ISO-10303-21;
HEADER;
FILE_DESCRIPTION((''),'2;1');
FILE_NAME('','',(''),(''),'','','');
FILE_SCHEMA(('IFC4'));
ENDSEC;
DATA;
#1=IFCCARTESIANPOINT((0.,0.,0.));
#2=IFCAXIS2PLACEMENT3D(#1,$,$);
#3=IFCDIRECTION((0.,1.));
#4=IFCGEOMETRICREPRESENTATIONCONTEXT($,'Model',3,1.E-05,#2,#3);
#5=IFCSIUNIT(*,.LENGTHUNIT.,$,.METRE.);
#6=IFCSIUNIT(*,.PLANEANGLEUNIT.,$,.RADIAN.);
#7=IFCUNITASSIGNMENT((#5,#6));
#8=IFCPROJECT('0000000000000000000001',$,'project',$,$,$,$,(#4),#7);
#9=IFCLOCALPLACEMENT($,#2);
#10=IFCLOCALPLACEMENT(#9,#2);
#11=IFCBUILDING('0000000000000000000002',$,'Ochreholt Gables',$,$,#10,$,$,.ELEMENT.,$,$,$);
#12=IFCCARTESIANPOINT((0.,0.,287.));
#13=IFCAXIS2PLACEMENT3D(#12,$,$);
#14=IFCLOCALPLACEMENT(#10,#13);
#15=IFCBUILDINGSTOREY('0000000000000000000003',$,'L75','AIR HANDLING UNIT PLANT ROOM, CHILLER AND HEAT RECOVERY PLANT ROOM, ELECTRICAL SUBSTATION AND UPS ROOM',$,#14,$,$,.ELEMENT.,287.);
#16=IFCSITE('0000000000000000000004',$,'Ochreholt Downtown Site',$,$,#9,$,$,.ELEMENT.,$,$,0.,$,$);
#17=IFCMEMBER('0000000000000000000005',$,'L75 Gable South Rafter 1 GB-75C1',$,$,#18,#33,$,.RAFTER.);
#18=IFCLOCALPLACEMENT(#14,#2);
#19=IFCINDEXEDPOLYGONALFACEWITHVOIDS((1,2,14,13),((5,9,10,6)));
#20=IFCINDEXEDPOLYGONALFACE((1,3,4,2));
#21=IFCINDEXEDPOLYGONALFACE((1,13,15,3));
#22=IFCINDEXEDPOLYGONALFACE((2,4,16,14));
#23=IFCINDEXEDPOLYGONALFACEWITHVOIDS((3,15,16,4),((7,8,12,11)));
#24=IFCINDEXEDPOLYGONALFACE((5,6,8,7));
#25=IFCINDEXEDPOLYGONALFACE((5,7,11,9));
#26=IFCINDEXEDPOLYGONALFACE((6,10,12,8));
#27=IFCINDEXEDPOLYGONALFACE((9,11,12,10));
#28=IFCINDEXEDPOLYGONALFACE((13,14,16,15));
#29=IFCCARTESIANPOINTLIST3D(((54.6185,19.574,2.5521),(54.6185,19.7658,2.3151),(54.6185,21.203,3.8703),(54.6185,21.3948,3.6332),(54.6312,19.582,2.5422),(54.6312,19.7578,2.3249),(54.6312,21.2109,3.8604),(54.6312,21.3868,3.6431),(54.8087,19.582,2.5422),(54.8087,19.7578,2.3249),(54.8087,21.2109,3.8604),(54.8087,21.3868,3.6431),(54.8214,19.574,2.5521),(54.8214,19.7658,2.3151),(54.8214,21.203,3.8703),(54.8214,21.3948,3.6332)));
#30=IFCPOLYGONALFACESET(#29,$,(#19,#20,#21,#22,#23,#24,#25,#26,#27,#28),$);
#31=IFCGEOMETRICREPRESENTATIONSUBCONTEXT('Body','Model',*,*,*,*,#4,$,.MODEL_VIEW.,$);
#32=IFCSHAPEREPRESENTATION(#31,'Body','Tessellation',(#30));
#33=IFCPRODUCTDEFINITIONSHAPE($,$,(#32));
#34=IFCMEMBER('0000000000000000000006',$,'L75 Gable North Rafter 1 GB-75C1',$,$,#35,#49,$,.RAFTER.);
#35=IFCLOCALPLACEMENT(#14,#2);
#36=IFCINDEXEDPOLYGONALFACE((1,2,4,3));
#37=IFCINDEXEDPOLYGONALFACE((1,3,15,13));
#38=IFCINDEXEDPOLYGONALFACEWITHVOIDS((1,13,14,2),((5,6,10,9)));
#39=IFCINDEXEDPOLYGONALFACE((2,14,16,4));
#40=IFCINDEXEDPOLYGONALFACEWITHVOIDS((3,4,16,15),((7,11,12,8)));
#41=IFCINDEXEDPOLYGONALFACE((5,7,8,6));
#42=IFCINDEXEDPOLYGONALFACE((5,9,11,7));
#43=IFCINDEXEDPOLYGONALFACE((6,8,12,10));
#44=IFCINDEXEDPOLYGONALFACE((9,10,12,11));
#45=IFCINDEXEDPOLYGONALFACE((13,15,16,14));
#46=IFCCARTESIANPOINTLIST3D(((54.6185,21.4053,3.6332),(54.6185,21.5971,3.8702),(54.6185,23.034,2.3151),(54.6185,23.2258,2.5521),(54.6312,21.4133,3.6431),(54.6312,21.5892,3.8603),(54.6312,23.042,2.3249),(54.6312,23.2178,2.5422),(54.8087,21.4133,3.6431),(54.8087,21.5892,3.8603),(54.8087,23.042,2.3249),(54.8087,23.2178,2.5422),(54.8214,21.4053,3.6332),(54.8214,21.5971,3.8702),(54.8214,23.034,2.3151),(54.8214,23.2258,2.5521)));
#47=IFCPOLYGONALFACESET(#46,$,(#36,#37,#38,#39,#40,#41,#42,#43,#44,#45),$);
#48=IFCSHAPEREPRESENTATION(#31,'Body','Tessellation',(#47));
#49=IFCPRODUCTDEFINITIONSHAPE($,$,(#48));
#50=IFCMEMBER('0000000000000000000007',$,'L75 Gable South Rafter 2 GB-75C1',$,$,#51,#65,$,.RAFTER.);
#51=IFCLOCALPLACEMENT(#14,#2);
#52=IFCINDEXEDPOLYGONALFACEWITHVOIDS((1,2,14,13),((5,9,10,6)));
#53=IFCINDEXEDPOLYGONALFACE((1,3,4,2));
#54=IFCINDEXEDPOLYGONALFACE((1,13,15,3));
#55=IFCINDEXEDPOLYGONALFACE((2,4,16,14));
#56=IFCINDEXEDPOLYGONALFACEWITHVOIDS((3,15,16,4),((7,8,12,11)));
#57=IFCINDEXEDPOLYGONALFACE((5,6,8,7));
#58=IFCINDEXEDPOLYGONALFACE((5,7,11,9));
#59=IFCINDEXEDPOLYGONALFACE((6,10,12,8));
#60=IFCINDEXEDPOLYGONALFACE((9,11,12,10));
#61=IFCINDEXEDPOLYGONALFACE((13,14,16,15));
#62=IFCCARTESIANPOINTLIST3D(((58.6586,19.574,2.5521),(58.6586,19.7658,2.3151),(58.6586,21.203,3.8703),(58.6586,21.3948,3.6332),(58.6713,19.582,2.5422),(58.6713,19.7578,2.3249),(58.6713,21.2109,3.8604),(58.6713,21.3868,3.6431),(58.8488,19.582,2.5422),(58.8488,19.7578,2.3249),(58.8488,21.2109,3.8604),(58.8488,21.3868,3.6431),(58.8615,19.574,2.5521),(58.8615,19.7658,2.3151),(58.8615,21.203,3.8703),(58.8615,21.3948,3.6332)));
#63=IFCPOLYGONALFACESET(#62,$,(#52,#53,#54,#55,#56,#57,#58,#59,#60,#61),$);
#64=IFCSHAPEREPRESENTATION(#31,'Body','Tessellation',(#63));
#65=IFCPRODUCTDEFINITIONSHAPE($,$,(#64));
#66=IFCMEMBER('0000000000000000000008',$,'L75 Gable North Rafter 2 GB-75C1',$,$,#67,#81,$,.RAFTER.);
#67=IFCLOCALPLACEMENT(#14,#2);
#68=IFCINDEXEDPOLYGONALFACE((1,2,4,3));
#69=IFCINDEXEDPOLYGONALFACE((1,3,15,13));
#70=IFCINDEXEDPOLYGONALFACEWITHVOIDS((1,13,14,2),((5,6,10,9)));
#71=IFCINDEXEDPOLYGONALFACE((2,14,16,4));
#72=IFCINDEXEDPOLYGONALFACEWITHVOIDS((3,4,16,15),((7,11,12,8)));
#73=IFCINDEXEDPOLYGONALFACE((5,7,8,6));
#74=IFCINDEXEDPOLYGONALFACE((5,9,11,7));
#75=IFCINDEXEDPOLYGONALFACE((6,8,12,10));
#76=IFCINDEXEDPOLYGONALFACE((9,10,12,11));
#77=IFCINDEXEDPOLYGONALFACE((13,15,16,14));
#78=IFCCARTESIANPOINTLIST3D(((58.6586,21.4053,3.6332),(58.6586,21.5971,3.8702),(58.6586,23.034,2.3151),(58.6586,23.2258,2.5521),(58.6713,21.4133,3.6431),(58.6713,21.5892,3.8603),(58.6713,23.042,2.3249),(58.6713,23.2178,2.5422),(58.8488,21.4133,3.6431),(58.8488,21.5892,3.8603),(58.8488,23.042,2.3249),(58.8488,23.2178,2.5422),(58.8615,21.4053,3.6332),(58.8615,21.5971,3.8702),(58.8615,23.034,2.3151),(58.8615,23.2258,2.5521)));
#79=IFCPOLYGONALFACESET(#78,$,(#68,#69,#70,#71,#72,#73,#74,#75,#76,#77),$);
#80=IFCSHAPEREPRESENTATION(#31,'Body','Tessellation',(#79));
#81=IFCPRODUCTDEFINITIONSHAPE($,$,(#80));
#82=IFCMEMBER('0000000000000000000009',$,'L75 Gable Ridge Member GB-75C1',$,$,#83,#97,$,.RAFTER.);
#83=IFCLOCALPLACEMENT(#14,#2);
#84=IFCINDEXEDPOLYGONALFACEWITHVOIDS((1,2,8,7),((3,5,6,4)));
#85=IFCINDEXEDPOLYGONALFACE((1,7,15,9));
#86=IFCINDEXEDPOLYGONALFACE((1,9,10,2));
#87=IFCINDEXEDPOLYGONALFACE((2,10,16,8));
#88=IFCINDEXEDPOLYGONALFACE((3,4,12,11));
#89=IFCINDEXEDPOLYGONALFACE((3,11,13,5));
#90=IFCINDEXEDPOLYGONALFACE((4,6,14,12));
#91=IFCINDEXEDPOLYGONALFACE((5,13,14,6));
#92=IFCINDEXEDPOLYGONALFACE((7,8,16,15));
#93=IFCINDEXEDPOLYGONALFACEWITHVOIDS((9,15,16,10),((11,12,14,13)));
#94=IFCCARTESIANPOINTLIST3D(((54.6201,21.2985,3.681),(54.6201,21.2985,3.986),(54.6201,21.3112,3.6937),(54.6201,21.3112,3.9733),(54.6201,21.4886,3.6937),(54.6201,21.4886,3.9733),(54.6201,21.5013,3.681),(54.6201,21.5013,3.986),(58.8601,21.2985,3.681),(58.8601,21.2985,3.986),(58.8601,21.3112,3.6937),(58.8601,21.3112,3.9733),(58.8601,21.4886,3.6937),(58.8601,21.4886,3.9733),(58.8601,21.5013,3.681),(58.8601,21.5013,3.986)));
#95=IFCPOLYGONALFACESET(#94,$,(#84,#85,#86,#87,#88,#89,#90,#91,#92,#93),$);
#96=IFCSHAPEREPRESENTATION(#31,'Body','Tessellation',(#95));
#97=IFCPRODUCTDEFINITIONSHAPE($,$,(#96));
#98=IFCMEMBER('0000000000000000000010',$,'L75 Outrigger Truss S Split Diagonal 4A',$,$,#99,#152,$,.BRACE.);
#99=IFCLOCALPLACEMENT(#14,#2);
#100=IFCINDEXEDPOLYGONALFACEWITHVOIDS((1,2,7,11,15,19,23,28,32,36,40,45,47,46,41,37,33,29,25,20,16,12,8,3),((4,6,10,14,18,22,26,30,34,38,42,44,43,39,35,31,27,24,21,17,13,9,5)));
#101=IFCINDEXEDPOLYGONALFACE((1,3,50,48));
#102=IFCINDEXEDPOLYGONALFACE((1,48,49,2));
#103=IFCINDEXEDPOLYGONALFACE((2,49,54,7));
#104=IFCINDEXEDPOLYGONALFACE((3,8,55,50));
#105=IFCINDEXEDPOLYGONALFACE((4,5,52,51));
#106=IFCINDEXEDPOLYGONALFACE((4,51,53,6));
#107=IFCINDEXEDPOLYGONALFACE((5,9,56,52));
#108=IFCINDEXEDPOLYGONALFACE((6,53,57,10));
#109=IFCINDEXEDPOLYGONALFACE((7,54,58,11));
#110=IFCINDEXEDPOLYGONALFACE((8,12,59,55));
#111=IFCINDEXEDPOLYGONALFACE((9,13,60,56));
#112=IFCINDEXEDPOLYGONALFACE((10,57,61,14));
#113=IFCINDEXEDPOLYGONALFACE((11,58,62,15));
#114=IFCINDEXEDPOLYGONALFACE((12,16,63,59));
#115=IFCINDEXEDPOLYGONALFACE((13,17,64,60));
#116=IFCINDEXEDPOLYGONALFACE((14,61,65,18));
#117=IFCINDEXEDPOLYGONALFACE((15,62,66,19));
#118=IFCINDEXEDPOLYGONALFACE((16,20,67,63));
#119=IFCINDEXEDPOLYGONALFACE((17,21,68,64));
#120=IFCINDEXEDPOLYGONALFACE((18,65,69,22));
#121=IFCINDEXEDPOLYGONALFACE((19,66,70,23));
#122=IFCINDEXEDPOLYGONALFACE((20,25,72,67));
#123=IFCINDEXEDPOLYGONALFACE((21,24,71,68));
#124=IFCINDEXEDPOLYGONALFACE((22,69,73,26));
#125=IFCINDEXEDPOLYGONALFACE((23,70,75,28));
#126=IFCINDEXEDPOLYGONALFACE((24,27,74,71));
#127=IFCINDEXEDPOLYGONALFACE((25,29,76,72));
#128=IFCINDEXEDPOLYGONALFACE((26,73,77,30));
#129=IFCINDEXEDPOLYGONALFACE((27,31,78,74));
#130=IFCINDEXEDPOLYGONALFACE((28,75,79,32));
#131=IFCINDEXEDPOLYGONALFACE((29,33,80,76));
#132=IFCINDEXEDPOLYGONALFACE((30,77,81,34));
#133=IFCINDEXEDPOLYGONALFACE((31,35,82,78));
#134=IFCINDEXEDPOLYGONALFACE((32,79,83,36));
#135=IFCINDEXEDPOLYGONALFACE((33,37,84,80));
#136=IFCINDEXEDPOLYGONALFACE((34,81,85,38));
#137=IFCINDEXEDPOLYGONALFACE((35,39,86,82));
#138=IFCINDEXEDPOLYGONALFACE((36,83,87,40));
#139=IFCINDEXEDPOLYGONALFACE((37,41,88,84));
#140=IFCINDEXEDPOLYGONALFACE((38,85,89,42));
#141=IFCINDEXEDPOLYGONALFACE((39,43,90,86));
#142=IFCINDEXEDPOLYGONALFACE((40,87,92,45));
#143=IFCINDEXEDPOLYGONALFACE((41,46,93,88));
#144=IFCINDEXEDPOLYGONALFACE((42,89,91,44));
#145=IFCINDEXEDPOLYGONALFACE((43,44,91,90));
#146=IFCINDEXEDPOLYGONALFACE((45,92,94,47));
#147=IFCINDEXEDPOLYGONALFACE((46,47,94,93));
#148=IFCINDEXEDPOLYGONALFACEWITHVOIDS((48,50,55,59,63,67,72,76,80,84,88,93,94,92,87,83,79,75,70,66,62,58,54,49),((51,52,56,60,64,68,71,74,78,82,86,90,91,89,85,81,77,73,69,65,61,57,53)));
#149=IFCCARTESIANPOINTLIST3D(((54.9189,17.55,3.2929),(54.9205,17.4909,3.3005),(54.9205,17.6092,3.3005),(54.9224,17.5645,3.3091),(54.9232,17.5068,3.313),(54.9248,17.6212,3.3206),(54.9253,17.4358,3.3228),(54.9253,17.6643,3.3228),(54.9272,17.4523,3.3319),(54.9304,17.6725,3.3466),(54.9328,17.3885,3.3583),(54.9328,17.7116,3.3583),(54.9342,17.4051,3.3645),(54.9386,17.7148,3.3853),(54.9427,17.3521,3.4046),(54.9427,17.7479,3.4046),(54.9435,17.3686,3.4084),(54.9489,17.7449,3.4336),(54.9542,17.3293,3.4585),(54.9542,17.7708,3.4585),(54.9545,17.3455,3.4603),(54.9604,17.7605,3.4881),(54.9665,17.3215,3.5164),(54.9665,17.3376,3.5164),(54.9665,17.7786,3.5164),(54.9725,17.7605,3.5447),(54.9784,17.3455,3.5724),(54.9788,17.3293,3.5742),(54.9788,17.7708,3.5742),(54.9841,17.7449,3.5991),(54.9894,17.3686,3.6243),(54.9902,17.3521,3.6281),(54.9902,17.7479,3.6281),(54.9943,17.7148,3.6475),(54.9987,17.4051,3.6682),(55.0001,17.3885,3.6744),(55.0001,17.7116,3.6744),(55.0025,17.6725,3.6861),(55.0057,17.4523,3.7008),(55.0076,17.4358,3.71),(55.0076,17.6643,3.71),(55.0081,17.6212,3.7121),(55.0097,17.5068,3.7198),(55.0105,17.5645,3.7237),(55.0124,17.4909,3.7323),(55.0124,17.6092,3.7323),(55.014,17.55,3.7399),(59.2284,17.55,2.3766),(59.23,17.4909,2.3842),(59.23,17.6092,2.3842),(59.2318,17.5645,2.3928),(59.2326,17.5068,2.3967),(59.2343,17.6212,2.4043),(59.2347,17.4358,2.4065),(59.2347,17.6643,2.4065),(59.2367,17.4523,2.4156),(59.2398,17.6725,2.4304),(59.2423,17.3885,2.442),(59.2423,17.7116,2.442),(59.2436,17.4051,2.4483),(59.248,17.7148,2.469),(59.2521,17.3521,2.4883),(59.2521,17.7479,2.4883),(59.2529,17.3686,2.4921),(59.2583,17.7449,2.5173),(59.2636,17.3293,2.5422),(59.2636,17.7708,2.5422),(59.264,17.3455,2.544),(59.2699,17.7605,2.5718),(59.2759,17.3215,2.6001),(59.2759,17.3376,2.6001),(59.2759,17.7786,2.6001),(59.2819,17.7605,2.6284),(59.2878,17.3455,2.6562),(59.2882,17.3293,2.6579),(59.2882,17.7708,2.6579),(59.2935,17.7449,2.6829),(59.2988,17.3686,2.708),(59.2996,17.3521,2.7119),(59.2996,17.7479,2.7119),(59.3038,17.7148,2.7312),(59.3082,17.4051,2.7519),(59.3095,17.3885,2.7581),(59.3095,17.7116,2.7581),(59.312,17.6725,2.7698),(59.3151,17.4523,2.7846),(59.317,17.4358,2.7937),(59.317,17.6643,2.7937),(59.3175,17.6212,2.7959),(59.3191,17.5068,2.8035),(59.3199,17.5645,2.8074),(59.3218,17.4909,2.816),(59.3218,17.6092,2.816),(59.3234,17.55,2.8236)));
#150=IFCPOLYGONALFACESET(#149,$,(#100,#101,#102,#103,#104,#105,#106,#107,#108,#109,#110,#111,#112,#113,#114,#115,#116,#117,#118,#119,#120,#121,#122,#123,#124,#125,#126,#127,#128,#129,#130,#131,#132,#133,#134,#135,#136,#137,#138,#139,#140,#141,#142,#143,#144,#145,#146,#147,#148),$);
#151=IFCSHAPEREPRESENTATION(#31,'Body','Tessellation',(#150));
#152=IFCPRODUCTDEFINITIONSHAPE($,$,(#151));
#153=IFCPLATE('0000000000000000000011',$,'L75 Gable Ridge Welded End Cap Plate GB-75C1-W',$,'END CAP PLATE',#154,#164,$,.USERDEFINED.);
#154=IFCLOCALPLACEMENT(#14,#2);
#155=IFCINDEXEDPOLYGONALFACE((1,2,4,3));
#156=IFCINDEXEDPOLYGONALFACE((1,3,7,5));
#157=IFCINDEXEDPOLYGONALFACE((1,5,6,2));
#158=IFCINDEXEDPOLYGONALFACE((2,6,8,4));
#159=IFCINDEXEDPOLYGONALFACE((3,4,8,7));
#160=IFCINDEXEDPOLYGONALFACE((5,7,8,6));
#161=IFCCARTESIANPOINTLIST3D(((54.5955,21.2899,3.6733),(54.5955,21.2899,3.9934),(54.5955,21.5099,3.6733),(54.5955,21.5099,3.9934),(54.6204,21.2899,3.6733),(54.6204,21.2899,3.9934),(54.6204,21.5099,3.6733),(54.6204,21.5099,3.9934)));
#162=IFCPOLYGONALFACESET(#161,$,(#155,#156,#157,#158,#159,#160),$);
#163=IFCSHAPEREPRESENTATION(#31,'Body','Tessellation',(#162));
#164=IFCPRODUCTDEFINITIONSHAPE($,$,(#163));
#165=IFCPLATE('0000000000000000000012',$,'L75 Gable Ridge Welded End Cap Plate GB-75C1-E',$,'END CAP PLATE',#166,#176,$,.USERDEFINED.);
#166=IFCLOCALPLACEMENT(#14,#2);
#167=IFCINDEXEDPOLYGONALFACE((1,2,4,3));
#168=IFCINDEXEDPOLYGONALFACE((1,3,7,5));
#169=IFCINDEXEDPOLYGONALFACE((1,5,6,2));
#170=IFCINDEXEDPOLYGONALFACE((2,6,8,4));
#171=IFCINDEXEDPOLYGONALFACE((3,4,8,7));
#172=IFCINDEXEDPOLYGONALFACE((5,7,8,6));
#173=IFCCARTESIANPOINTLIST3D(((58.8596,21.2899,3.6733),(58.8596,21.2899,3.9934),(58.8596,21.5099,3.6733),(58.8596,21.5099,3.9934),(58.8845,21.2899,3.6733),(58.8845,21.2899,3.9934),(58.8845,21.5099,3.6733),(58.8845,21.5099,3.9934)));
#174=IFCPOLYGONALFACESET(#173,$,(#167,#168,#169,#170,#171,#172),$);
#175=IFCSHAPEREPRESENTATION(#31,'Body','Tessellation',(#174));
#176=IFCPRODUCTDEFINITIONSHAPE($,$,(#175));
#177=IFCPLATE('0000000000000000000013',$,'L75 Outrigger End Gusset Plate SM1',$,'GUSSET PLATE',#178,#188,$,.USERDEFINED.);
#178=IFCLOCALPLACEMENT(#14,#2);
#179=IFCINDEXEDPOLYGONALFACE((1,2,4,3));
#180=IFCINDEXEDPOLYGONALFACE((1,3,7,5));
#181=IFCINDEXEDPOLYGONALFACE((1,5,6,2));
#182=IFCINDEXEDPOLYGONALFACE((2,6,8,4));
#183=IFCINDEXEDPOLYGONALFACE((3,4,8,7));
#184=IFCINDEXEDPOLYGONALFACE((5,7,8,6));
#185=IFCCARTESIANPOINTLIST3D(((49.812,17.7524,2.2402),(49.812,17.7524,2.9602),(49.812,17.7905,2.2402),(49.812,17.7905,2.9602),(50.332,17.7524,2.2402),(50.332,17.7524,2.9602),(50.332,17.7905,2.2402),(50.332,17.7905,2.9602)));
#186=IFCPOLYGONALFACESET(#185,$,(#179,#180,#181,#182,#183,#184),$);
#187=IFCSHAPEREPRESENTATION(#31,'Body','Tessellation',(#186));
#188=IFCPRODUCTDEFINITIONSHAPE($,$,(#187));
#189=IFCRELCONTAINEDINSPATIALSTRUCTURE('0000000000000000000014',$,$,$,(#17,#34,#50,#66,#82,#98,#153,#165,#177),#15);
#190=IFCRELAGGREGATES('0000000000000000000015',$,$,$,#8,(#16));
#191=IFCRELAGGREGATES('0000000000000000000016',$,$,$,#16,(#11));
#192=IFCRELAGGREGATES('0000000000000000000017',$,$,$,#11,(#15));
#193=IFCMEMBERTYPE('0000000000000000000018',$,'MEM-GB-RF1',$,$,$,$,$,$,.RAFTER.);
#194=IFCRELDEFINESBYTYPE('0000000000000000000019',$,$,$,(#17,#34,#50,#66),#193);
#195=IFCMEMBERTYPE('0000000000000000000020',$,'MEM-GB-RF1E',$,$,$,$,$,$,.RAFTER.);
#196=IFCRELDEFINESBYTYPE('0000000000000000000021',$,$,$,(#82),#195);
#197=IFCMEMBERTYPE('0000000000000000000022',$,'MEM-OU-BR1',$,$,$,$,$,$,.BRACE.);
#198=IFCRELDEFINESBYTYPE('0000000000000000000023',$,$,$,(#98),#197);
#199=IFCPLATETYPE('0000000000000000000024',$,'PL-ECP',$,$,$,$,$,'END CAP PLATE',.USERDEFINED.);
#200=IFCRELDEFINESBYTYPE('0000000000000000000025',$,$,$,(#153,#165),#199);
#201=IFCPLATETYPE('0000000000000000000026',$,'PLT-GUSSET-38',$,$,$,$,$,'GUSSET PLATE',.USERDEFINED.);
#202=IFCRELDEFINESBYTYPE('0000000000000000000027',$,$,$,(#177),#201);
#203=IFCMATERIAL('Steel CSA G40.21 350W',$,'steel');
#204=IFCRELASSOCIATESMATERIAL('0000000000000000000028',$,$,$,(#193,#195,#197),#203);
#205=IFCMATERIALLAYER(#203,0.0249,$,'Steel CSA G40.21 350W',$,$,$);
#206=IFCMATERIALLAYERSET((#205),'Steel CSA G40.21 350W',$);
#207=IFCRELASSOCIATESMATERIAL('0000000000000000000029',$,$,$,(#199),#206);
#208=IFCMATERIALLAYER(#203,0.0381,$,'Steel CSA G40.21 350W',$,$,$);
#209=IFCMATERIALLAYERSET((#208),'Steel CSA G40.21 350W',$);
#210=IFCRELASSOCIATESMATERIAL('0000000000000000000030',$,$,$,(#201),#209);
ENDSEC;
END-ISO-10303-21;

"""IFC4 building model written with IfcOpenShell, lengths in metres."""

from ifc_helpers import new_model, si_unit, direction, frame, origin, origin_2d, place, context, subcontext, project, spatial, rectangle, hollow_rectangle, hollow_circle, extrude, material, layer, layer_set, material_profile, profile_set, type_object, element, save


model = new_model("IFC4")

# Units and contexts
model_context = context("Model", 3, precision=1e-05, world=origin(), true_north=direction((0.0, 1.0)))
body_context = subcontext(model_context, "Body", "Model", "MODEL_VIEW")
ifc_project = project(units=[si_unit("LENGTHUNIT", "METRE"), si_unit("PLANEANGLEUNIT", "RADIAN")], contexts=[model_context])

# Site, building, storey
site_placement = place(None, origin())
site = spatial("IfcSite", under=ifc_project, at=site_placement, Name="Ochreholt Downtown Site", CompositionType="ELEMENT", RefElevation=0.0)
building_placement = place(site_placement, origin())
building = spatial("IfcBuilding", under=site, at=building_placement, Name="Ochreholt Gables", CompositionType="ELEMENT")
storey_placement = place(building_placement, frame((0.0, 0.0, 287.0)))
storey = spatial("IfcBuildingStorey", under=building, at=storey_placement, Name="L75", Description="AIR HANDLING UNIT PLANT ROOM, CHILLER AND HEAT RECOVERY PLANT ROOM, ELECTRICAL SUBSTATION AND UPS ROOM", CompositionType="ELEMENT", Elevation=287.0)

# Shared definitions
ifc_material_1 = material(Name="Steel CSA G40.21 350W", Category="steel")

# Members
ifc_material_profile_1 = material_profile(ifc_material_1, hollow_rectangle(XDim=0.2029, YDim=0.3049, WallThickness=0.0127, at=origin_2d()), Name="HSS305X203X13")
ifc_profile_set_1 = profile_set([ifc_material_profile_1], Name="Steel CSA G40.21 350W")
member_type_1 = type_object("IfcMemberType", Name="MEM-GB-RF1", PredefinedType="RAFTER", material=ifc_profile_set_1)
member_1_placement = place(storey_placement, frame((54.72, 19.6699, 2.4336), z_axis=(0.0, 0.777367, 0.629047), x_axis=(-1.0, 0.0, 0.0)))
element("IfcMember", 1, at=member_1_placement, inside=storey, type_object=member_type_1, Name="L75 Gable South Rafter 1 GB-75C1", PredefinedType="RAFTER", context=body_context, shape_type="SweptSolid", body=[
    extrude(hollow_rectangle(XDim=0.2029, YDim=0.3049, WallThickness=0.0127, at=origin_2d()), origin(), (0.0, 0.0, 1.0), 2.0955),
])
member_2_placement = place(storey_placement, frame((54.72, 23.1299, 2.4336), z_axis=(0.0, -0.777321, 0.629104), x_axis=(1.0, 0.0, 0.0)))
element("IfcMember", 2, at=member_2_placement, inside=storey, type_object=member_type_1, Name="L75 Gable North Rafter 1 GB-75C1", PredefinedType="RAFTER", context=body_context, shape_type="SweptSolid", body=[
    extrude(hollow_rectangle(XDim=0.2029, YDim=0.3049, WallThickness=0.0127, at=origin_2d()), origin(), (0.0, 0.0, 1.0), 2.0952),
])
member_3_placement = place(storey_placement, frame((58.76, 19.6699, 2.4336), z_axis=(0.0, 0.777367, 0.629047), x_axis=(-1.0, 0.0, 0.0)))
element("IfcMember", 3, at=member_3_placement, inside=storey, type_object=member_type_1, Name="L75 Gable South Rafter 2 GB-75C1", PredefinedType="RAFTER", context=body_context, shape_type="SweptSolid", body=[
    extrude(hollow_rectangle(XDim=0.2029, YDim=0.3049, WallThickness=0.0127, at=origin_2d()), origin(), (0.0, 0.0, 1.0), 2.0955),
])
member_4_placement = place(storey_placement, frame((58.76, 23.1299, 2.4336), z_axis=(0.0, -0.777321, 0.629104), x_axis=(1.0, 0.0, 0.0)))
element("IfcMember", 4, at=member_4_placement, inside=storey, type_object=member_type_1, Name="L75 Gable North Rafter 2 GB-75C1", PredefinedType="RAFTER", context=body_context, shape_type="SweptSolid", body=[
    extrude(hollow_rectangle(XDim=0.2029, YDim=0.3049, WallThickness=0.0127, at=origin_2d()), origin(), (0.0, 0.0, 1.0), 2.0952),
])
ifc_material_profile_2 = material_profile(ifc_material_1, hollow_rectangle(XDim=0.2029, YDim=0.3049, WallThickness=0.0127, at=origin_2d()), Name="HSS305X203X13")
ifc_profile_set_2 = profile_set([ifc_material_profile_2], Name="Steel CSA G40.21 350W")
member_type_2 = type_object("IfcMemberType", Name="MEM-GB-RF1E", PredefinedType="RAFTER", material=ifc_profile_set_2)
member_5_placement = place(storey_placement, frame((54.6201, 21.3999, 3.8335), z_axis=(1.0, 0.0, 0.0), x_axis=(0.0, 1.0, 0.0)))
element("IfcMember", 5, at=member_5_placement, inside=storey, type_object=member_type_2, Name="L75 Gable Ridge Member GB-75C1", PredefinedType="RAFTER", context=body_context, shape_type="SweptSolid", body=[
    extrude(hollow_rectangle(XDim=0.2029, YDim=0.3049, WallThickness=0.0127, at=origin_2d()), origin(), (0.0, 0.0, 1.0), 4.24),
])
ifc_material_profile_3 = material_profile(ifc_material_1, hollow_circle(Radius=0.2285, WallThickness=0.0161, at=origin_2d()), Name="CHS457X16")
ifc_profile_set_3 = profile_set([ifc_material_profile_3], Name="Steel CSA G40.21 350W")
member_type_3 = type_object("IfcMemberType", Name="MEM-OU-BR1", PredefinedType="BRACE", material=ifc_profile_set_3)
member_6_placement = place(storey_placement, frame((59.2759, 17.55, 2.6001), z_axis=(-0.978134, 0.0, 0.207973), x_axis=(0.0, -1.0, 0.0)))
element("IfcMember", 6, at=member_6_placement, inside=storey, type_object=member_type_3, Name="L75 Outrigger Truss S Split Diagonal 4A", PredefinedType="BRACE", context=body_context, shape_type="SweptSolid", body=[
    extrude(hollow_circle(Radius=0.2285, WallThickness=0.0161, at=origin_2d()), origin(), (0.0, 0.0, 1.0), 4.4058),
])

# Plates
ifc_layer_1 = layer(ifc_material_1, 0.0249, Name="Steel CSA G40.21 350W")
ifc_layer_set_1 = layer_set([ifc_layer_1], Name="Steel CSA G40.21 350W")
plate_type_1 = type_object("IfcPlateType", Name="PL-ECP", ElementType="END CAP PLATE", PredefinedType="USERDEFINED", material=ifc_layer_set_1)
for number, where, z_axis, x_axis, name in (
    (7, (54.6079, 21.3999, 3.6733), (0.0, 0.0, 1.0), (1.0, 0.0, 0.0), "L75 Gable Ridge Welded End Cap Plate GB-75C1-W"),
    (8, (58.8721, 21.3999, 3.6733), (0.0, 0.0, 1.0), (1.0, 0.0, 0.0), "L75 Gable Ridge Welded End Cap Plate GB-75C1-E"),
):
    element("IfcPlate", number, at=place(storey_placement, frame(where, z_axis=z_axis, x_axis=x_axis)), inside=storey, type_object=plate_type_1, Name=name, ObjectType="END CAP PLATE", PredefinedType="USERDEFINED", context=body_context, shape_type="SweptSolid", body=[
        extrude(rectangle(XDim=0.0249, YDim=0.22, at=origin_2d()), origin(), (0.0, 0.0, 1.0), 0.3201),
    ])
ifc_layer_2 = layer(ifc_material_1, 0.0381, Name="Steel CSA G40.21 350W")
ifc_layer_set_2 = layer_set([ifc_layer_2], Name="Steel CSA G40.21 350W")
plate_type_2 = type_object("IfcPlateType", Name="PLT-GUSSET-38", ElementType="GUSSET PLATE", PredefinedType="USERDEFINED", material=ifc_layer_set_2)
for number, where, z_axis, x_axis, name in (
    (9, (50.072, 17.7715, 2.2402), (0.0, 0.0, 1.0), (1.0, 0.0, 0.0), "L75 Outrigger End Gusset Plate SM1"),
):
    element("IfcPlate", number, at=place(storey_placement, frame(where, z_axis=z_axis, x_axis=x_axis)), inside=storey, type_object=plate_type_2, Name=name, ObjectType="GUSSET PLATE", PredefinedType="USERDEFINED", context=body_context, shape_type="SweptSolid", body=[
        extrude(rectangle(XDim=0.52, YDim=0.0381, at=origin_2d()), origin(), (0.0, 0.0, 1.0), 0.72),
    ])

save(model, "model.ifc")
